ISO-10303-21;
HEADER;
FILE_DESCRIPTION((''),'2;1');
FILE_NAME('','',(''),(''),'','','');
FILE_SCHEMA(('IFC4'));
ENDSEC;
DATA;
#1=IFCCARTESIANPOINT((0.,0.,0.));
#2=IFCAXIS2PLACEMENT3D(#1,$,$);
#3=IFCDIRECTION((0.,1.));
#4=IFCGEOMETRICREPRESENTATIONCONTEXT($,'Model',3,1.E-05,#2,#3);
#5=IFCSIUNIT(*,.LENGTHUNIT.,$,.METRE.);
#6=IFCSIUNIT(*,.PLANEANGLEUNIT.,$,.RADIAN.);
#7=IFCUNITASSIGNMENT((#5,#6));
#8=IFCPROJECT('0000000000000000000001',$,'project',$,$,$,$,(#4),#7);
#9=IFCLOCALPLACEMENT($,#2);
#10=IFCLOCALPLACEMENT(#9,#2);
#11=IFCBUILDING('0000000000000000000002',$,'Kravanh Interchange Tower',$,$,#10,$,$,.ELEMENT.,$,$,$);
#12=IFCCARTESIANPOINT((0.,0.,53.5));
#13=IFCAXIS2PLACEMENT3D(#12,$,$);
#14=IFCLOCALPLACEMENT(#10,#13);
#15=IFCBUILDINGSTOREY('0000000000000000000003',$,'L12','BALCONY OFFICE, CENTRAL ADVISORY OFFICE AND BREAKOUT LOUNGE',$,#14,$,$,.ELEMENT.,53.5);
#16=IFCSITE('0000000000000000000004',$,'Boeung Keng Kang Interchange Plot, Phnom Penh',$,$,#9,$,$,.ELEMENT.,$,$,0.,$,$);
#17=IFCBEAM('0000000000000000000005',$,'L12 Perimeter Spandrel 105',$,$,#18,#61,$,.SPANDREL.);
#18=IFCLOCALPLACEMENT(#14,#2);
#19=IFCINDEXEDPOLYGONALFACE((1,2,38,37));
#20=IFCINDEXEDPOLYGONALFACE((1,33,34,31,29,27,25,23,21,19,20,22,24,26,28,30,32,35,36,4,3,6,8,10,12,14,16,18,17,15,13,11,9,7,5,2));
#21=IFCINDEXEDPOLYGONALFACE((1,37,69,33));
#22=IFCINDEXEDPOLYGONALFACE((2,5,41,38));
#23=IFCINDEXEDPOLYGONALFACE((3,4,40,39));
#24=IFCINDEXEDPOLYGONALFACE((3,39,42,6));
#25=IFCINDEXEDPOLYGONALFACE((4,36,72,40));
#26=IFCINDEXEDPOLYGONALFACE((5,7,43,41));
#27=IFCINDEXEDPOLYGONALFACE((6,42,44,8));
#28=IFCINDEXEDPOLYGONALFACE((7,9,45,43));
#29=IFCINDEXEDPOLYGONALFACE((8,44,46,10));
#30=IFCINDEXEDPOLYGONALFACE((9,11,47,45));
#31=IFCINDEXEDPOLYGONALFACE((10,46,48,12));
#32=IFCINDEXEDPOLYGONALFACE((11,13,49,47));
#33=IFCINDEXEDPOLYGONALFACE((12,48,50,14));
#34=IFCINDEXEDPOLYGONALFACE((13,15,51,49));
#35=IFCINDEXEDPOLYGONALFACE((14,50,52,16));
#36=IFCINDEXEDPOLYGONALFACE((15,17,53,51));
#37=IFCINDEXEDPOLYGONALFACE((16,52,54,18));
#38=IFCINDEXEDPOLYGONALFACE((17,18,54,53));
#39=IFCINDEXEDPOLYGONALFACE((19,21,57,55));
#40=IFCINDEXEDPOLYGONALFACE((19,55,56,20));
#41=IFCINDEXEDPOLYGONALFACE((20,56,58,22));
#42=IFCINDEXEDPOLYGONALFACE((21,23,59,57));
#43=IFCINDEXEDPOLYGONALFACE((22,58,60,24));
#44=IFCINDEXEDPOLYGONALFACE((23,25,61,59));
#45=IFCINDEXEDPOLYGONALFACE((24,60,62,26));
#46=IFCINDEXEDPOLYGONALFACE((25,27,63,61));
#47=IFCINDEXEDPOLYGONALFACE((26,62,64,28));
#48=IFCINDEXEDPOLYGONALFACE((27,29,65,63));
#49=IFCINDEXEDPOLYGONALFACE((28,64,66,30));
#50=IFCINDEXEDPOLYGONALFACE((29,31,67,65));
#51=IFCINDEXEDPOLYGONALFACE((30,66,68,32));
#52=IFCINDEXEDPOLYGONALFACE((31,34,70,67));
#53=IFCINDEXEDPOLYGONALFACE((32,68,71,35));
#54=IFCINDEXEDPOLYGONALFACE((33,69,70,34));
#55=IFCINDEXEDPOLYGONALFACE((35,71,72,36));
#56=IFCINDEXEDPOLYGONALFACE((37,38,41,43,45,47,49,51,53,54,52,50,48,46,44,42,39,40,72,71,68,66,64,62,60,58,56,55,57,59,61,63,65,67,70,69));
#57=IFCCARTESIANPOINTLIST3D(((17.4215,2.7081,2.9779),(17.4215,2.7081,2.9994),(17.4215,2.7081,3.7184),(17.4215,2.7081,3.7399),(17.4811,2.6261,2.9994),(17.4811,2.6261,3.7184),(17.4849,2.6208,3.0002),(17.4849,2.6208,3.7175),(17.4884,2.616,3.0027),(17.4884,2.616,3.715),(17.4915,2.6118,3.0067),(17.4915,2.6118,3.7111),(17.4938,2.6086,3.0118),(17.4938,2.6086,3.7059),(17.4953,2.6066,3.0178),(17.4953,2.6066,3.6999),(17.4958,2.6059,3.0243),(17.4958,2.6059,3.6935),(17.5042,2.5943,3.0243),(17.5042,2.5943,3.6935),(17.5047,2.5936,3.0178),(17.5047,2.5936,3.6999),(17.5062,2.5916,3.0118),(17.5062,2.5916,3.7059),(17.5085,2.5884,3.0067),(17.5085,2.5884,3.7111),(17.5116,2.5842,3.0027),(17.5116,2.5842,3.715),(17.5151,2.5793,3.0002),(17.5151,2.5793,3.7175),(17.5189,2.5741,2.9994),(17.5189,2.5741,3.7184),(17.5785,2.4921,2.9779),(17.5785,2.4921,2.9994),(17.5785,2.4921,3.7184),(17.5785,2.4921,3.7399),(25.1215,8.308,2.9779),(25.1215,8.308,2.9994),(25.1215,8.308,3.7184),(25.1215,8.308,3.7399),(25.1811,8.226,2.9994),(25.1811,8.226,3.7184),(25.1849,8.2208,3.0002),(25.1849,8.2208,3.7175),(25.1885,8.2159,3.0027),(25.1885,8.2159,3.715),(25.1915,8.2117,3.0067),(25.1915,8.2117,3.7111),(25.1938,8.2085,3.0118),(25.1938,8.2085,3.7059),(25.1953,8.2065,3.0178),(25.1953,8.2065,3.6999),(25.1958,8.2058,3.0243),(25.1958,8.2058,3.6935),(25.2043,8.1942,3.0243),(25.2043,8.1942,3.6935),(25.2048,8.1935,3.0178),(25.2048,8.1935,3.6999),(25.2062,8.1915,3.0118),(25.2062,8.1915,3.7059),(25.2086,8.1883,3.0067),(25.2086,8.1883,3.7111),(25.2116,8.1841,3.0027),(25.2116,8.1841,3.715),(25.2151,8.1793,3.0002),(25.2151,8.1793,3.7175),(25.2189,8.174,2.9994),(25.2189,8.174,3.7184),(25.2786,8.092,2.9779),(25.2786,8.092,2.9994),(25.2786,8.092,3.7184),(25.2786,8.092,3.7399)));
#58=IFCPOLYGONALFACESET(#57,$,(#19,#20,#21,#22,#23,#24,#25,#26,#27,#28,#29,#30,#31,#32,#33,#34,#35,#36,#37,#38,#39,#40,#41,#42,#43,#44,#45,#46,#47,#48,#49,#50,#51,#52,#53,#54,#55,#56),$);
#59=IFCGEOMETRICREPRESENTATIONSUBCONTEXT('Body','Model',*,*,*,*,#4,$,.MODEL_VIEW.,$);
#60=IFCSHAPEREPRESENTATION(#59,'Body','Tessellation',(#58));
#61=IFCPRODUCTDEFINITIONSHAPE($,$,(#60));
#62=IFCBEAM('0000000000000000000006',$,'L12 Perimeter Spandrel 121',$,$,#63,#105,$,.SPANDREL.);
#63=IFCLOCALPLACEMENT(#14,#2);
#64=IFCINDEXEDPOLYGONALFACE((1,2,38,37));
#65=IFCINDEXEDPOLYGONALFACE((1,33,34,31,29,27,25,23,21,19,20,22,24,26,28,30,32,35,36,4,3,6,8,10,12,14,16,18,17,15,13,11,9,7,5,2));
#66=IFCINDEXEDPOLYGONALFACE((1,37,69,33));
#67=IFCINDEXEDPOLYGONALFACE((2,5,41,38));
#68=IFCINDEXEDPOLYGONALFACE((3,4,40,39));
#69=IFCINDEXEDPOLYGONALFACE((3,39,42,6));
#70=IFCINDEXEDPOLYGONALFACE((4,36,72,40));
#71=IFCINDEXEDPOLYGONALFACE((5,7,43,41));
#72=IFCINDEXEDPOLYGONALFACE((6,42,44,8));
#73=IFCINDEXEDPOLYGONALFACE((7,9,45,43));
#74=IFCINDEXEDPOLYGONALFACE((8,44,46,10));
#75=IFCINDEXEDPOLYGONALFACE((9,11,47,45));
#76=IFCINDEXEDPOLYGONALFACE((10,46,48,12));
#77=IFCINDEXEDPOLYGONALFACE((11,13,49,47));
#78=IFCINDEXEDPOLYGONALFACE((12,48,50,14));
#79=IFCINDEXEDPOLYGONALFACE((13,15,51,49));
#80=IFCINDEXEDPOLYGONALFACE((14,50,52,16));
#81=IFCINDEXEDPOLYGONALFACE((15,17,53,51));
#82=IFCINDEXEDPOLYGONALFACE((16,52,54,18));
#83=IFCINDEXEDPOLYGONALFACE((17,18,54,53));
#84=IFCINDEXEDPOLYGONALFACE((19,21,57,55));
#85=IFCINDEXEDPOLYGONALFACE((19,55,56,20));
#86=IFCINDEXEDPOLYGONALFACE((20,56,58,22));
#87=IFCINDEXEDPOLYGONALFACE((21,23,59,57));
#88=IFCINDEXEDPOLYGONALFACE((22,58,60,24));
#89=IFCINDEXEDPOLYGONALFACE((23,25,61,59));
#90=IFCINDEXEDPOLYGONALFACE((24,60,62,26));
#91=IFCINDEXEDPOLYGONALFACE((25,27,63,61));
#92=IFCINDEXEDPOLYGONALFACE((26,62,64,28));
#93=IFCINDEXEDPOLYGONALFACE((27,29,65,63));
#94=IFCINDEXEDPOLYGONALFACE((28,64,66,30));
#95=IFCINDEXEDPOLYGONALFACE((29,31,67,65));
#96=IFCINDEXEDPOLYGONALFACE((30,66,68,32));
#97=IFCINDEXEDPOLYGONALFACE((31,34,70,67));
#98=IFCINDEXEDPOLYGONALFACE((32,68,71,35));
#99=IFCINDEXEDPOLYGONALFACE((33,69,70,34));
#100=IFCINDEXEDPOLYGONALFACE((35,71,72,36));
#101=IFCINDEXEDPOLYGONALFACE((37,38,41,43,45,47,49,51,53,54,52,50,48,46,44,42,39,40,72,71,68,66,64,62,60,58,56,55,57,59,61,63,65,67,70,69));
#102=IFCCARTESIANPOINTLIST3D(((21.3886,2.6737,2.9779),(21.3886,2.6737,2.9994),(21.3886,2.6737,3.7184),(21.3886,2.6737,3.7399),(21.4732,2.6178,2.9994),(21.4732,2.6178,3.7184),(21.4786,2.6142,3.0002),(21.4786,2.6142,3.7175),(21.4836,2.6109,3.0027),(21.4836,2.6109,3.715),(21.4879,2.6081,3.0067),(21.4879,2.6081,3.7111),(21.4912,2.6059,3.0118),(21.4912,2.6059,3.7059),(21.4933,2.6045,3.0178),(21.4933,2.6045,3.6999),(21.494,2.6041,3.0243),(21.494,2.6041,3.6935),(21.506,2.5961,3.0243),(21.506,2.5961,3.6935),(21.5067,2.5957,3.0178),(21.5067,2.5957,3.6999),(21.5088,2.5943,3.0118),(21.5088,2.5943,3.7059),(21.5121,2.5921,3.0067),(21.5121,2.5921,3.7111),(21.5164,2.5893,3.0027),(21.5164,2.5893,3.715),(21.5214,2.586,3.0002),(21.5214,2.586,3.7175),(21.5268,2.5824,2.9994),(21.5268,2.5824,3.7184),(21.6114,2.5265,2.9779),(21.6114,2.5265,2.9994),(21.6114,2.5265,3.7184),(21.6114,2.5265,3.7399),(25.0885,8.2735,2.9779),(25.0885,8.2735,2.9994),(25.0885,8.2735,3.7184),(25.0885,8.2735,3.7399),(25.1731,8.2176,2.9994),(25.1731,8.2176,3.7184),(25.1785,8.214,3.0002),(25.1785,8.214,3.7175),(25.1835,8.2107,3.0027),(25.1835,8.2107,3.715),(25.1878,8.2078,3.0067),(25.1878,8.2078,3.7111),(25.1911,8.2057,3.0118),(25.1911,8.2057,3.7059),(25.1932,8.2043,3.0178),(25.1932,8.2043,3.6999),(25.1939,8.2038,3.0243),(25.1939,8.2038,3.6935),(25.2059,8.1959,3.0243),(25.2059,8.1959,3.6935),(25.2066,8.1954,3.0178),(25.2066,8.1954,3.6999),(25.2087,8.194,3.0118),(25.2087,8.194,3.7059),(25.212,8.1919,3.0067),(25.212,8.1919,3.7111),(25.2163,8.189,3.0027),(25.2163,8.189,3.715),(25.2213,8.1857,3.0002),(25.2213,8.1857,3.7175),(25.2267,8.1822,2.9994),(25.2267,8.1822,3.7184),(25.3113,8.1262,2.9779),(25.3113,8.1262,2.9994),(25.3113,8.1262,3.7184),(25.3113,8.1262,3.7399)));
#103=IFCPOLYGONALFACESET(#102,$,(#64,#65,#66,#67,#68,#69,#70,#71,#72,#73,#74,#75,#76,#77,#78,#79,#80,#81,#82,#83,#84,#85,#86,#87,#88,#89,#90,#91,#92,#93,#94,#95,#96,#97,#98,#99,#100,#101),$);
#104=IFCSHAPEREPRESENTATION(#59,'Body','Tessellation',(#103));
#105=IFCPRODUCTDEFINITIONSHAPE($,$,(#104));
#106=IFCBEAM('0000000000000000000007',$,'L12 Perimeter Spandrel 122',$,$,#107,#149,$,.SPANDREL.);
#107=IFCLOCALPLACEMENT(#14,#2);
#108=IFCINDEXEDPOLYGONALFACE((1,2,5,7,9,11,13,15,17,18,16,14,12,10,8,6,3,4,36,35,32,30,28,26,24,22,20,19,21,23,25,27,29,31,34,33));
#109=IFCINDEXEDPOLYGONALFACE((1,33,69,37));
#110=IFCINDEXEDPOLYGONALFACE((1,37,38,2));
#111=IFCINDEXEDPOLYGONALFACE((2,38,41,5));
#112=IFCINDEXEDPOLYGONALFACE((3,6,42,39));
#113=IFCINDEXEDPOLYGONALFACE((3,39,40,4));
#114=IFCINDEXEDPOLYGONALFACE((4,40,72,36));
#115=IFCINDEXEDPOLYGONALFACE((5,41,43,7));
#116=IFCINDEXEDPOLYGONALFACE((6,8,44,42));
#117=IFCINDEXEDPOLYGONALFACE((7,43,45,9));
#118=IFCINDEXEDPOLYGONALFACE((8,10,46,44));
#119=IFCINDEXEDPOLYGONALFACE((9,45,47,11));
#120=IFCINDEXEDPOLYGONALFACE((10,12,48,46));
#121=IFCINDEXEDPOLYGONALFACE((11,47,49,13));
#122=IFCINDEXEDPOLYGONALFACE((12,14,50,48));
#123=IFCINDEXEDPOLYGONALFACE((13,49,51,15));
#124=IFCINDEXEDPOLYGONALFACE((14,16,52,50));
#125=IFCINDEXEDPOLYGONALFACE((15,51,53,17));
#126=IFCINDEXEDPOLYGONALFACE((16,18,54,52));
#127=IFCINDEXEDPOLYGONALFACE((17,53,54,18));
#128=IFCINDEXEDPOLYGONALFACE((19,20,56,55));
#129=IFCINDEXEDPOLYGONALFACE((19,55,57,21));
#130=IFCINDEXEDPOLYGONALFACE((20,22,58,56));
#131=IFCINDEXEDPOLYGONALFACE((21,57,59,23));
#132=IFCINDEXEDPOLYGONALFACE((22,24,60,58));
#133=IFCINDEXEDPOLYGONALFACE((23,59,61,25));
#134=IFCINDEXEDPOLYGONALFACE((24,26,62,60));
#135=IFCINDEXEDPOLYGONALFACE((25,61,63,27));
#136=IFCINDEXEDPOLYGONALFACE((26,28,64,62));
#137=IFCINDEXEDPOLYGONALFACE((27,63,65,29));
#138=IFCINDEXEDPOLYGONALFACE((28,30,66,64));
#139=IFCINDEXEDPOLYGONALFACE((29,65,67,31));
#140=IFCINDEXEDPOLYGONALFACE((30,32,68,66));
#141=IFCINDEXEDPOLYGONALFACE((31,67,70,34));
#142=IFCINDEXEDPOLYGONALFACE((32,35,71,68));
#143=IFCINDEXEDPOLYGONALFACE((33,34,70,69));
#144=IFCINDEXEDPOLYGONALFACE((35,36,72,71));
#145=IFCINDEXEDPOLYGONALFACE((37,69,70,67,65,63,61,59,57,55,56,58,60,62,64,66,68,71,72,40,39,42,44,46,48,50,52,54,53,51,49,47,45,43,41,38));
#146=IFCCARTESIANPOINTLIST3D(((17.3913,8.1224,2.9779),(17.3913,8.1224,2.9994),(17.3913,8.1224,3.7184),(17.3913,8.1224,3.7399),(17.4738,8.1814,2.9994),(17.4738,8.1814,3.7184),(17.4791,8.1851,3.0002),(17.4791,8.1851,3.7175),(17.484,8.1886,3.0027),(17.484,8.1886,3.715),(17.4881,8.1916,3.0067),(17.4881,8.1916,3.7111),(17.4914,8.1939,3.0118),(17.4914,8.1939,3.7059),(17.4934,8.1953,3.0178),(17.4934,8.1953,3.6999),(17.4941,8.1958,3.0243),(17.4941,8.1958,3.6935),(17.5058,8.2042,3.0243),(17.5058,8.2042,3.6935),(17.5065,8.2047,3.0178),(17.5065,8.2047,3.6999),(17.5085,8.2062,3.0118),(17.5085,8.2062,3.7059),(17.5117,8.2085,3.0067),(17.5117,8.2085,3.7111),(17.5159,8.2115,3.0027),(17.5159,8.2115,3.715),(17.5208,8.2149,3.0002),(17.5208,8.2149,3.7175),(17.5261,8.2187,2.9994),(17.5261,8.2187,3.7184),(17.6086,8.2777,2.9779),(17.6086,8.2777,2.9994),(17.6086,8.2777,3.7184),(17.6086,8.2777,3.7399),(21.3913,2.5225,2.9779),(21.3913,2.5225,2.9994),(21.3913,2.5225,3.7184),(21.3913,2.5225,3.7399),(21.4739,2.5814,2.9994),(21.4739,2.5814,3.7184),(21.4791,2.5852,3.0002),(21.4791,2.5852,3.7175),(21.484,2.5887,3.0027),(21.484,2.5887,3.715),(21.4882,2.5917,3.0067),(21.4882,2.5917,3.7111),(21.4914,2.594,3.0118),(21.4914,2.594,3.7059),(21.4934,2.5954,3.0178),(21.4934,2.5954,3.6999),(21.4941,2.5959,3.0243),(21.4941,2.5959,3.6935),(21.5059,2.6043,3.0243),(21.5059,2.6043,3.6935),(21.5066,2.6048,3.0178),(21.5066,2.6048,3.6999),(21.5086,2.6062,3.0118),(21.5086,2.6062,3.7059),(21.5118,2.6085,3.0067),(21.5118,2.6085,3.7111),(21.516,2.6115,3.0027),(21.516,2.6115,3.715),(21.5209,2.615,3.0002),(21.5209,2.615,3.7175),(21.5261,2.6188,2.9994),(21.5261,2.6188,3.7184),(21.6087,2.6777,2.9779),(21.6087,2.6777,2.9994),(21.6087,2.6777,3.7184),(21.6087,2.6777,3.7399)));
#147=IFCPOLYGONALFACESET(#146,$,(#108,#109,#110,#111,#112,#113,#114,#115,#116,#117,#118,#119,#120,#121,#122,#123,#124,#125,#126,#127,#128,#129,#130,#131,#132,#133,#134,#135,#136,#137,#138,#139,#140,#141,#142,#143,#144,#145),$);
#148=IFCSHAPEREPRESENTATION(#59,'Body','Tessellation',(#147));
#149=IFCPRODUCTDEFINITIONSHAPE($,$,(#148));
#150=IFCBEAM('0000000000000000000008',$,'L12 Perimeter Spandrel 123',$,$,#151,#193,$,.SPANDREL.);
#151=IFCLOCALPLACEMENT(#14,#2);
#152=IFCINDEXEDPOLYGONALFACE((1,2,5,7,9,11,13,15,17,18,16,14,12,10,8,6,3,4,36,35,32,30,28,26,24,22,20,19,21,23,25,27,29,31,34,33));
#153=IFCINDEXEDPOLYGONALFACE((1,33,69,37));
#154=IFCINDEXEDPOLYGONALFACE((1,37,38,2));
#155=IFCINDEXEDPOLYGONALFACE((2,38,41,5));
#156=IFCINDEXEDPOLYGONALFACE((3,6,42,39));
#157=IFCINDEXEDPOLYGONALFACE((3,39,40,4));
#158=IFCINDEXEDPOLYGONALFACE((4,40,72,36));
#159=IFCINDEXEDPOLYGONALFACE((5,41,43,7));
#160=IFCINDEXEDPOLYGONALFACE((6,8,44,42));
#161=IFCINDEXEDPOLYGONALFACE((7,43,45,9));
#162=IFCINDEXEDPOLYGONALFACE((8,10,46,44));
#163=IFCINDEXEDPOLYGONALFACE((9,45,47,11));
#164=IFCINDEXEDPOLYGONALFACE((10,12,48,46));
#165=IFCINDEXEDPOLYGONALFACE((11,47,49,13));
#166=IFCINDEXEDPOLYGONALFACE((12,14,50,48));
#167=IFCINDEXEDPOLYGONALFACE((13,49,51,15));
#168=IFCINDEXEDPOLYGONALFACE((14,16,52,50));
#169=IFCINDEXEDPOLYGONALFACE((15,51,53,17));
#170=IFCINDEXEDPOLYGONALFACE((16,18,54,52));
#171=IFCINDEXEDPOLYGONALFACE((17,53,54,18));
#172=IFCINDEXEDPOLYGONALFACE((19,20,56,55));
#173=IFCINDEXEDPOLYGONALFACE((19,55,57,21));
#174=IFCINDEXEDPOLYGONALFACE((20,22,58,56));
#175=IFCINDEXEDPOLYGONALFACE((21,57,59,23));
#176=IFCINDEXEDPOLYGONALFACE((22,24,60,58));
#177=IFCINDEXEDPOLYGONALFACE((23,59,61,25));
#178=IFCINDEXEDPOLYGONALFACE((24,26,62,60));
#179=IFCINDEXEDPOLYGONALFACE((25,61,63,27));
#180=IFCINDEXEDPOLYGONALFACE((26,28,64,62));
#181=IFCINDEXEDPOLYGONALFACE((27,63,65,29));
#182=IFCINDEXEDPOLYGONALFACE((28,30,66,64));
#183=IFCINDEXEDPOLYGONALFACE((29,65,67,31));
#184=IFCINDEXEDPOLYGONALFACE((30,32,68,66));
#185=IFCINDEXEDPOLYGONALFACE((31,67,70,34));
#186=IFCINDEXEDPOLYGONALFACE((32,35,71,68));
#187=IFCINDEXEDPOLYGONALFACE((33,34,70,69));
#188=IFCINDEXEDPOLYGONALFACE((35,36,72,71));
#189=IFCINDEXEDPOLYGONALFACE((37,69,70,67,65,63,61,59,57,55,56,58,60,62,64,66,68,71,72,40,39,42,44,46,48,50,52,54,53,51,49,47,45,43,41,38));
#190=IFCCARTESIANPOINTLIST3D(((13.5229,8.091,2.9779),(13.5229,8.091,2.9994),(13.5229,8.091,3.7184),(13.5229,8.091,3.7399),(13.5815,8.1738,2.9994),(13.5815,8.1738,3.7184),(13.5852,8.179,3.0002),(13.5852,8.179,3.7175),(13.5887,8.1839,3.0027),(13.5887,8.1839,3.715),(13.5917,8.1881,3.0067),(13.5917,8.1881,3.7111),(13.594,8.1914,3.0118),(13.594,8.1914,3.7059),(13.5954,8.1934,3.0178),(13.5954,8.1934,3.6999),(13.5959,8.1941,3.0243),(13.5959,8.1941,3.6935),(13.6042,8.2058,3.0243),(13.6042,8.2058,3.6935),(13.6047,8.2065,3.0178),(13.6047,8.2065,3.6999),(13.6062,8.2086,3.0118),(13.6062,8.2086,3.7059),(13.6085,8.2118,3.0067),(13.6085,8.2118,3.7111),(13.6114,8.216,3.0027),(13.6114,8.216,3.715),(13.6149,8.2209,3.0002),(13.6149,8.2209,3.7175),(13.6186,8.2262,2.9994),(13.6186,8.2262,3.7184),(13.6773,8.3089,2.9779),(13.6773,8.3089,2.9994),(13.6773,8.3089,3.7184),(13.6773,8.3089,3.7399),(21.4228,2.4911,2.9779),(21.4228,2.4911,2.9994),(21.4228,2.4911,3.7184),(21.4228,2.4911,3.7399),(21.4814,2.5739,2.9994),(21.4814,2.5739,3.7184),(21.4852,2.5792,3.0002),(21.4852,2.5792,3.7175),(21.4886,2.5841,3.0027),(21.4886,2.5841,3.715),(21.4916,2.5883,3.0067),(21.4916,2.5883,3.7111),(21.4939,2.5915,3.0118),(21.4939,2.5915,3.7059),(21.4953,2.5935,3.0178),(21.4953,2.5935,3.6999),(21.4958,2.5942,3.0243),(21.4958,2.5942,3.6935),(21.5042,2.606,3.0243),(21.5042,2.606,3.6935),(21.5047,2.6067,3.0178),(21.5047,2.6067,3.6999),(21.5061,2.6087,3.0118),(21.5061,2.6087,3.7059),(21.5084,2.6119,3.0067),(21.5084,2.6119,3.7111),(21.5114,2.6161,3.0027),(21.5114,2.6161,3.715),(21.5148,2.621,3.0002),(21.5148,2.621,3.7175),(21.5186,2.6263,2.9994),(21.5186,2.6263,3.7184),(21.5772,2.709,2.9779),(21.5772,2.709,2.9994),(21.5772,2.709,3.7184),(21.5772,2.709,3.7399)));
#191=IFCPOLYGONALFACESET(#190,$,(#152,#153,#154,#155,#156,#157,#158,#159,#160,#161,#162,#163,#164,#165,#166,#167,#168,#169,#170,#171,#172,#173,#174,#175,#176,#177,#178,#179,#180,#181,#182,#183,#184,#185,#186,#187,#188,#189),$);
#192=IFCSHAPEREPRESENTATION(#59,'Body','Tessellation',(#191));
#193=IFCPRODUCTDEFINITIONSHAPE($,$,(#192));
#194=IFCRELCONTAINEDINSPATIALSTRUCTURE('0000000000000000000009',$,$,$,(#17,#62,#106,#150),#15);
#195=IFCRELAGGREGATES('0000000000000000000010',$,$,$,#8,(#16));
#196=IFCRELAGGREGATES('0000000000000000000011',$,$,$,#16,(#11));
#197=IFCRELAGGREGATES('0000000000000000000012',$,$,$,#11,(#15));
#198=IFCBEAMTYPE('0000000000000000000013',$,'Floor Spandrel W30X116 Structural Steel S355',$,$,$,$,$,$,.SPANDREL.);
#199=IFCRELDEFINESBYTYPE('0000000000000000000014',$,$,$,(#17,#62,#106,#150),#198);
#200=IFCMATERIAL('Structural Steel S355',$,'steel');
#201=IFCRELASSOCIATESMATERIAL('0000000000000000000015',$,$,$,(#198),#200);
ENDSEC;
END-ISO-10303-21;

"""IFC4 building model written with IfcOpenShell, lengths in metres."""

from ifc_helpers import new_model, si_unit, direction, frame, origin, origin_2d, place, context, subcontext, project, spatial, i_section, extrude, material, material_profile, profile_set, type_object, element, save


model = new_model("IFC4")

# Units and contexts
model_context = context("Model", 3, precision=1e-05, world=origin(), true_north=direction((0.0, 1.0)))
body_context = subcontext(model_context, "Body", "Model", "MODEL_VIEW")
ifc_project = project(units=[si_unit("LENGTHUNIT", "METRE"), si_unit("PLANEANGLEUNIT", "RADIAN")], contexts=[model_context])

# Site, building, storey
site_placement = place(None, origin())
site = spatial("IfcSite", under=ifc_project, at=site_placement, Name="Boeung Keng Kang Interchange Plot, Phnom Penh", CompositionType="ELEMENT", RefElevation=0.0)
building_placement = place(site_placement, origin())
building = spatial("IfcBuilding", under=site, at=building_placement, Name="Kravanh Interchange Tower", CompositionType="ELEMENT")
storey_placement = place(building_placement, frame((0.0, 0.0, 53.5)))
storey = spatial("IfcBuildingStorey", under=building, at=storey_placement, Name="L12", Description="BALCONY OFFICE, CENTRAL ADVISORY OFFICE AND BREAKOUT LOUNGE", CompositionType="ELEMENT", Elevation=53.5)

# Beams
ifc_material_1 = material(Name="Structural Steel S355", Category="steel")
ifc_material_profile_1 = material_profile(ifc_material_1, i_section(OverallWidth=0.2671, OverallDepth=0.762, WebThickness=0.0144, FlangeThickness=0.0215, FilletRadius=0.0249, at=origin_2d()), Name="W30X116")
ifc_profile_set_1 = profile_set([ifc_material_profile_1], Name="Structural Steel S355")
beam_type_1 = type_object("IfcBeamType", Name="Floor Spandrel W30X116 Structural Steel S355", PredefinedType="SPANDREL", material=ifc_profile_set_1)
beam_1_placement = place(storey_placement, frame((17.5, 2.6001, 3.3589), z_axis=(0.808742, 0.588164, 0.0), x_axis=(-0.588164, 0.808742, 0.0)))
element("IfcBeam", 1, at=beam_1_placement, inside=storey, type_object=beam_type_1, Name="L12 Perimeter Spandrel 105", PredefinedType="SPANDREL", context=body_context, shape_type="SweptSolid", body=[
    extrude(i_section(OverallWidth=0.2671, OverallDepth=0.762, WebThickness=0.0144, FlangeThickness=0.0215, FilletRadius=0.0249, at=origin_2d()), origin(), (0.0, 0.0, 1.0), 9.521),
])
beam_2_placement = place(storey_placement, frame((21.5, 2.6001, 3.3589), z_axis=(0.551262, 0.834332, 0.0), x_axis=(-0.834332, 0.551262, 0.0)))
element("IfcBeam", 2, at=beam_2_placement, inside=storey, type_object=beam_type_1, Name="L12 Perimeter Spandrel 121", PredefinedType="SPANDREL", context=body_context, shape_type="SweptSolid", body=[
    extrude(i_section(OverallWidth=0.2671, OverallDepth=0.762, WebThickness=0.0144, FlangeThickness=0.0215, FilletRadius=0.0249, at=origin_2d()), origin(), (0.0, 0.0, 1.0), 6.7117),
])
beam_3_placement = place(storey_placement, frame((21.5, 2.6001, 3.3589), z_axis=(-0.581248, 0.813726, 0.0), x_axis=(-0.813726, -0.581248, 0.0)))
element("IfcBeam", 3, at=beam_3_placement, inside=storey, type_object=beam_type_1, Name="L12 Perimeter Spandrel 122", PredefinedType="SPANDREL", context=body_context, shape_type="SweptSolid", body=[
    extrude(i_section(OverallWidth=0.2671, OverallDepth=0.762, WebThickness=0.0144, FlangeThickness=0.0215, FilletRadius=0.0249, at=origin_2d()), origin(), (0.0, 0.0, 1.0), 6.8818),
])
beam_4_placement = place(storey_placement, frame((21.5, 2.6001, 3.3589), z_axis=(-0.815825, 0.578299, 0.0), x_axis=(-0.578299, -0.815825, 0.0)))
element("IfcBeam", 4, at=beam_4_placement, inside=storey, type_object=beam_type_1, Name="L12 Perimeter Spandrel 123", PredefinedType="SPANDREL", context=body_context, shape_type="SweptSolid", body=[
    extrude(i_section(OverallWidth=0.2671, OverallDepth=0.762, WebThickness=0.0144, FlangeThickness=0.0215, FilletRadius=0.0249, at=origin_2d()), origin(), (0.0, 0.0, 1.0), 9.6833),
])

save(model, "model.ifc")
